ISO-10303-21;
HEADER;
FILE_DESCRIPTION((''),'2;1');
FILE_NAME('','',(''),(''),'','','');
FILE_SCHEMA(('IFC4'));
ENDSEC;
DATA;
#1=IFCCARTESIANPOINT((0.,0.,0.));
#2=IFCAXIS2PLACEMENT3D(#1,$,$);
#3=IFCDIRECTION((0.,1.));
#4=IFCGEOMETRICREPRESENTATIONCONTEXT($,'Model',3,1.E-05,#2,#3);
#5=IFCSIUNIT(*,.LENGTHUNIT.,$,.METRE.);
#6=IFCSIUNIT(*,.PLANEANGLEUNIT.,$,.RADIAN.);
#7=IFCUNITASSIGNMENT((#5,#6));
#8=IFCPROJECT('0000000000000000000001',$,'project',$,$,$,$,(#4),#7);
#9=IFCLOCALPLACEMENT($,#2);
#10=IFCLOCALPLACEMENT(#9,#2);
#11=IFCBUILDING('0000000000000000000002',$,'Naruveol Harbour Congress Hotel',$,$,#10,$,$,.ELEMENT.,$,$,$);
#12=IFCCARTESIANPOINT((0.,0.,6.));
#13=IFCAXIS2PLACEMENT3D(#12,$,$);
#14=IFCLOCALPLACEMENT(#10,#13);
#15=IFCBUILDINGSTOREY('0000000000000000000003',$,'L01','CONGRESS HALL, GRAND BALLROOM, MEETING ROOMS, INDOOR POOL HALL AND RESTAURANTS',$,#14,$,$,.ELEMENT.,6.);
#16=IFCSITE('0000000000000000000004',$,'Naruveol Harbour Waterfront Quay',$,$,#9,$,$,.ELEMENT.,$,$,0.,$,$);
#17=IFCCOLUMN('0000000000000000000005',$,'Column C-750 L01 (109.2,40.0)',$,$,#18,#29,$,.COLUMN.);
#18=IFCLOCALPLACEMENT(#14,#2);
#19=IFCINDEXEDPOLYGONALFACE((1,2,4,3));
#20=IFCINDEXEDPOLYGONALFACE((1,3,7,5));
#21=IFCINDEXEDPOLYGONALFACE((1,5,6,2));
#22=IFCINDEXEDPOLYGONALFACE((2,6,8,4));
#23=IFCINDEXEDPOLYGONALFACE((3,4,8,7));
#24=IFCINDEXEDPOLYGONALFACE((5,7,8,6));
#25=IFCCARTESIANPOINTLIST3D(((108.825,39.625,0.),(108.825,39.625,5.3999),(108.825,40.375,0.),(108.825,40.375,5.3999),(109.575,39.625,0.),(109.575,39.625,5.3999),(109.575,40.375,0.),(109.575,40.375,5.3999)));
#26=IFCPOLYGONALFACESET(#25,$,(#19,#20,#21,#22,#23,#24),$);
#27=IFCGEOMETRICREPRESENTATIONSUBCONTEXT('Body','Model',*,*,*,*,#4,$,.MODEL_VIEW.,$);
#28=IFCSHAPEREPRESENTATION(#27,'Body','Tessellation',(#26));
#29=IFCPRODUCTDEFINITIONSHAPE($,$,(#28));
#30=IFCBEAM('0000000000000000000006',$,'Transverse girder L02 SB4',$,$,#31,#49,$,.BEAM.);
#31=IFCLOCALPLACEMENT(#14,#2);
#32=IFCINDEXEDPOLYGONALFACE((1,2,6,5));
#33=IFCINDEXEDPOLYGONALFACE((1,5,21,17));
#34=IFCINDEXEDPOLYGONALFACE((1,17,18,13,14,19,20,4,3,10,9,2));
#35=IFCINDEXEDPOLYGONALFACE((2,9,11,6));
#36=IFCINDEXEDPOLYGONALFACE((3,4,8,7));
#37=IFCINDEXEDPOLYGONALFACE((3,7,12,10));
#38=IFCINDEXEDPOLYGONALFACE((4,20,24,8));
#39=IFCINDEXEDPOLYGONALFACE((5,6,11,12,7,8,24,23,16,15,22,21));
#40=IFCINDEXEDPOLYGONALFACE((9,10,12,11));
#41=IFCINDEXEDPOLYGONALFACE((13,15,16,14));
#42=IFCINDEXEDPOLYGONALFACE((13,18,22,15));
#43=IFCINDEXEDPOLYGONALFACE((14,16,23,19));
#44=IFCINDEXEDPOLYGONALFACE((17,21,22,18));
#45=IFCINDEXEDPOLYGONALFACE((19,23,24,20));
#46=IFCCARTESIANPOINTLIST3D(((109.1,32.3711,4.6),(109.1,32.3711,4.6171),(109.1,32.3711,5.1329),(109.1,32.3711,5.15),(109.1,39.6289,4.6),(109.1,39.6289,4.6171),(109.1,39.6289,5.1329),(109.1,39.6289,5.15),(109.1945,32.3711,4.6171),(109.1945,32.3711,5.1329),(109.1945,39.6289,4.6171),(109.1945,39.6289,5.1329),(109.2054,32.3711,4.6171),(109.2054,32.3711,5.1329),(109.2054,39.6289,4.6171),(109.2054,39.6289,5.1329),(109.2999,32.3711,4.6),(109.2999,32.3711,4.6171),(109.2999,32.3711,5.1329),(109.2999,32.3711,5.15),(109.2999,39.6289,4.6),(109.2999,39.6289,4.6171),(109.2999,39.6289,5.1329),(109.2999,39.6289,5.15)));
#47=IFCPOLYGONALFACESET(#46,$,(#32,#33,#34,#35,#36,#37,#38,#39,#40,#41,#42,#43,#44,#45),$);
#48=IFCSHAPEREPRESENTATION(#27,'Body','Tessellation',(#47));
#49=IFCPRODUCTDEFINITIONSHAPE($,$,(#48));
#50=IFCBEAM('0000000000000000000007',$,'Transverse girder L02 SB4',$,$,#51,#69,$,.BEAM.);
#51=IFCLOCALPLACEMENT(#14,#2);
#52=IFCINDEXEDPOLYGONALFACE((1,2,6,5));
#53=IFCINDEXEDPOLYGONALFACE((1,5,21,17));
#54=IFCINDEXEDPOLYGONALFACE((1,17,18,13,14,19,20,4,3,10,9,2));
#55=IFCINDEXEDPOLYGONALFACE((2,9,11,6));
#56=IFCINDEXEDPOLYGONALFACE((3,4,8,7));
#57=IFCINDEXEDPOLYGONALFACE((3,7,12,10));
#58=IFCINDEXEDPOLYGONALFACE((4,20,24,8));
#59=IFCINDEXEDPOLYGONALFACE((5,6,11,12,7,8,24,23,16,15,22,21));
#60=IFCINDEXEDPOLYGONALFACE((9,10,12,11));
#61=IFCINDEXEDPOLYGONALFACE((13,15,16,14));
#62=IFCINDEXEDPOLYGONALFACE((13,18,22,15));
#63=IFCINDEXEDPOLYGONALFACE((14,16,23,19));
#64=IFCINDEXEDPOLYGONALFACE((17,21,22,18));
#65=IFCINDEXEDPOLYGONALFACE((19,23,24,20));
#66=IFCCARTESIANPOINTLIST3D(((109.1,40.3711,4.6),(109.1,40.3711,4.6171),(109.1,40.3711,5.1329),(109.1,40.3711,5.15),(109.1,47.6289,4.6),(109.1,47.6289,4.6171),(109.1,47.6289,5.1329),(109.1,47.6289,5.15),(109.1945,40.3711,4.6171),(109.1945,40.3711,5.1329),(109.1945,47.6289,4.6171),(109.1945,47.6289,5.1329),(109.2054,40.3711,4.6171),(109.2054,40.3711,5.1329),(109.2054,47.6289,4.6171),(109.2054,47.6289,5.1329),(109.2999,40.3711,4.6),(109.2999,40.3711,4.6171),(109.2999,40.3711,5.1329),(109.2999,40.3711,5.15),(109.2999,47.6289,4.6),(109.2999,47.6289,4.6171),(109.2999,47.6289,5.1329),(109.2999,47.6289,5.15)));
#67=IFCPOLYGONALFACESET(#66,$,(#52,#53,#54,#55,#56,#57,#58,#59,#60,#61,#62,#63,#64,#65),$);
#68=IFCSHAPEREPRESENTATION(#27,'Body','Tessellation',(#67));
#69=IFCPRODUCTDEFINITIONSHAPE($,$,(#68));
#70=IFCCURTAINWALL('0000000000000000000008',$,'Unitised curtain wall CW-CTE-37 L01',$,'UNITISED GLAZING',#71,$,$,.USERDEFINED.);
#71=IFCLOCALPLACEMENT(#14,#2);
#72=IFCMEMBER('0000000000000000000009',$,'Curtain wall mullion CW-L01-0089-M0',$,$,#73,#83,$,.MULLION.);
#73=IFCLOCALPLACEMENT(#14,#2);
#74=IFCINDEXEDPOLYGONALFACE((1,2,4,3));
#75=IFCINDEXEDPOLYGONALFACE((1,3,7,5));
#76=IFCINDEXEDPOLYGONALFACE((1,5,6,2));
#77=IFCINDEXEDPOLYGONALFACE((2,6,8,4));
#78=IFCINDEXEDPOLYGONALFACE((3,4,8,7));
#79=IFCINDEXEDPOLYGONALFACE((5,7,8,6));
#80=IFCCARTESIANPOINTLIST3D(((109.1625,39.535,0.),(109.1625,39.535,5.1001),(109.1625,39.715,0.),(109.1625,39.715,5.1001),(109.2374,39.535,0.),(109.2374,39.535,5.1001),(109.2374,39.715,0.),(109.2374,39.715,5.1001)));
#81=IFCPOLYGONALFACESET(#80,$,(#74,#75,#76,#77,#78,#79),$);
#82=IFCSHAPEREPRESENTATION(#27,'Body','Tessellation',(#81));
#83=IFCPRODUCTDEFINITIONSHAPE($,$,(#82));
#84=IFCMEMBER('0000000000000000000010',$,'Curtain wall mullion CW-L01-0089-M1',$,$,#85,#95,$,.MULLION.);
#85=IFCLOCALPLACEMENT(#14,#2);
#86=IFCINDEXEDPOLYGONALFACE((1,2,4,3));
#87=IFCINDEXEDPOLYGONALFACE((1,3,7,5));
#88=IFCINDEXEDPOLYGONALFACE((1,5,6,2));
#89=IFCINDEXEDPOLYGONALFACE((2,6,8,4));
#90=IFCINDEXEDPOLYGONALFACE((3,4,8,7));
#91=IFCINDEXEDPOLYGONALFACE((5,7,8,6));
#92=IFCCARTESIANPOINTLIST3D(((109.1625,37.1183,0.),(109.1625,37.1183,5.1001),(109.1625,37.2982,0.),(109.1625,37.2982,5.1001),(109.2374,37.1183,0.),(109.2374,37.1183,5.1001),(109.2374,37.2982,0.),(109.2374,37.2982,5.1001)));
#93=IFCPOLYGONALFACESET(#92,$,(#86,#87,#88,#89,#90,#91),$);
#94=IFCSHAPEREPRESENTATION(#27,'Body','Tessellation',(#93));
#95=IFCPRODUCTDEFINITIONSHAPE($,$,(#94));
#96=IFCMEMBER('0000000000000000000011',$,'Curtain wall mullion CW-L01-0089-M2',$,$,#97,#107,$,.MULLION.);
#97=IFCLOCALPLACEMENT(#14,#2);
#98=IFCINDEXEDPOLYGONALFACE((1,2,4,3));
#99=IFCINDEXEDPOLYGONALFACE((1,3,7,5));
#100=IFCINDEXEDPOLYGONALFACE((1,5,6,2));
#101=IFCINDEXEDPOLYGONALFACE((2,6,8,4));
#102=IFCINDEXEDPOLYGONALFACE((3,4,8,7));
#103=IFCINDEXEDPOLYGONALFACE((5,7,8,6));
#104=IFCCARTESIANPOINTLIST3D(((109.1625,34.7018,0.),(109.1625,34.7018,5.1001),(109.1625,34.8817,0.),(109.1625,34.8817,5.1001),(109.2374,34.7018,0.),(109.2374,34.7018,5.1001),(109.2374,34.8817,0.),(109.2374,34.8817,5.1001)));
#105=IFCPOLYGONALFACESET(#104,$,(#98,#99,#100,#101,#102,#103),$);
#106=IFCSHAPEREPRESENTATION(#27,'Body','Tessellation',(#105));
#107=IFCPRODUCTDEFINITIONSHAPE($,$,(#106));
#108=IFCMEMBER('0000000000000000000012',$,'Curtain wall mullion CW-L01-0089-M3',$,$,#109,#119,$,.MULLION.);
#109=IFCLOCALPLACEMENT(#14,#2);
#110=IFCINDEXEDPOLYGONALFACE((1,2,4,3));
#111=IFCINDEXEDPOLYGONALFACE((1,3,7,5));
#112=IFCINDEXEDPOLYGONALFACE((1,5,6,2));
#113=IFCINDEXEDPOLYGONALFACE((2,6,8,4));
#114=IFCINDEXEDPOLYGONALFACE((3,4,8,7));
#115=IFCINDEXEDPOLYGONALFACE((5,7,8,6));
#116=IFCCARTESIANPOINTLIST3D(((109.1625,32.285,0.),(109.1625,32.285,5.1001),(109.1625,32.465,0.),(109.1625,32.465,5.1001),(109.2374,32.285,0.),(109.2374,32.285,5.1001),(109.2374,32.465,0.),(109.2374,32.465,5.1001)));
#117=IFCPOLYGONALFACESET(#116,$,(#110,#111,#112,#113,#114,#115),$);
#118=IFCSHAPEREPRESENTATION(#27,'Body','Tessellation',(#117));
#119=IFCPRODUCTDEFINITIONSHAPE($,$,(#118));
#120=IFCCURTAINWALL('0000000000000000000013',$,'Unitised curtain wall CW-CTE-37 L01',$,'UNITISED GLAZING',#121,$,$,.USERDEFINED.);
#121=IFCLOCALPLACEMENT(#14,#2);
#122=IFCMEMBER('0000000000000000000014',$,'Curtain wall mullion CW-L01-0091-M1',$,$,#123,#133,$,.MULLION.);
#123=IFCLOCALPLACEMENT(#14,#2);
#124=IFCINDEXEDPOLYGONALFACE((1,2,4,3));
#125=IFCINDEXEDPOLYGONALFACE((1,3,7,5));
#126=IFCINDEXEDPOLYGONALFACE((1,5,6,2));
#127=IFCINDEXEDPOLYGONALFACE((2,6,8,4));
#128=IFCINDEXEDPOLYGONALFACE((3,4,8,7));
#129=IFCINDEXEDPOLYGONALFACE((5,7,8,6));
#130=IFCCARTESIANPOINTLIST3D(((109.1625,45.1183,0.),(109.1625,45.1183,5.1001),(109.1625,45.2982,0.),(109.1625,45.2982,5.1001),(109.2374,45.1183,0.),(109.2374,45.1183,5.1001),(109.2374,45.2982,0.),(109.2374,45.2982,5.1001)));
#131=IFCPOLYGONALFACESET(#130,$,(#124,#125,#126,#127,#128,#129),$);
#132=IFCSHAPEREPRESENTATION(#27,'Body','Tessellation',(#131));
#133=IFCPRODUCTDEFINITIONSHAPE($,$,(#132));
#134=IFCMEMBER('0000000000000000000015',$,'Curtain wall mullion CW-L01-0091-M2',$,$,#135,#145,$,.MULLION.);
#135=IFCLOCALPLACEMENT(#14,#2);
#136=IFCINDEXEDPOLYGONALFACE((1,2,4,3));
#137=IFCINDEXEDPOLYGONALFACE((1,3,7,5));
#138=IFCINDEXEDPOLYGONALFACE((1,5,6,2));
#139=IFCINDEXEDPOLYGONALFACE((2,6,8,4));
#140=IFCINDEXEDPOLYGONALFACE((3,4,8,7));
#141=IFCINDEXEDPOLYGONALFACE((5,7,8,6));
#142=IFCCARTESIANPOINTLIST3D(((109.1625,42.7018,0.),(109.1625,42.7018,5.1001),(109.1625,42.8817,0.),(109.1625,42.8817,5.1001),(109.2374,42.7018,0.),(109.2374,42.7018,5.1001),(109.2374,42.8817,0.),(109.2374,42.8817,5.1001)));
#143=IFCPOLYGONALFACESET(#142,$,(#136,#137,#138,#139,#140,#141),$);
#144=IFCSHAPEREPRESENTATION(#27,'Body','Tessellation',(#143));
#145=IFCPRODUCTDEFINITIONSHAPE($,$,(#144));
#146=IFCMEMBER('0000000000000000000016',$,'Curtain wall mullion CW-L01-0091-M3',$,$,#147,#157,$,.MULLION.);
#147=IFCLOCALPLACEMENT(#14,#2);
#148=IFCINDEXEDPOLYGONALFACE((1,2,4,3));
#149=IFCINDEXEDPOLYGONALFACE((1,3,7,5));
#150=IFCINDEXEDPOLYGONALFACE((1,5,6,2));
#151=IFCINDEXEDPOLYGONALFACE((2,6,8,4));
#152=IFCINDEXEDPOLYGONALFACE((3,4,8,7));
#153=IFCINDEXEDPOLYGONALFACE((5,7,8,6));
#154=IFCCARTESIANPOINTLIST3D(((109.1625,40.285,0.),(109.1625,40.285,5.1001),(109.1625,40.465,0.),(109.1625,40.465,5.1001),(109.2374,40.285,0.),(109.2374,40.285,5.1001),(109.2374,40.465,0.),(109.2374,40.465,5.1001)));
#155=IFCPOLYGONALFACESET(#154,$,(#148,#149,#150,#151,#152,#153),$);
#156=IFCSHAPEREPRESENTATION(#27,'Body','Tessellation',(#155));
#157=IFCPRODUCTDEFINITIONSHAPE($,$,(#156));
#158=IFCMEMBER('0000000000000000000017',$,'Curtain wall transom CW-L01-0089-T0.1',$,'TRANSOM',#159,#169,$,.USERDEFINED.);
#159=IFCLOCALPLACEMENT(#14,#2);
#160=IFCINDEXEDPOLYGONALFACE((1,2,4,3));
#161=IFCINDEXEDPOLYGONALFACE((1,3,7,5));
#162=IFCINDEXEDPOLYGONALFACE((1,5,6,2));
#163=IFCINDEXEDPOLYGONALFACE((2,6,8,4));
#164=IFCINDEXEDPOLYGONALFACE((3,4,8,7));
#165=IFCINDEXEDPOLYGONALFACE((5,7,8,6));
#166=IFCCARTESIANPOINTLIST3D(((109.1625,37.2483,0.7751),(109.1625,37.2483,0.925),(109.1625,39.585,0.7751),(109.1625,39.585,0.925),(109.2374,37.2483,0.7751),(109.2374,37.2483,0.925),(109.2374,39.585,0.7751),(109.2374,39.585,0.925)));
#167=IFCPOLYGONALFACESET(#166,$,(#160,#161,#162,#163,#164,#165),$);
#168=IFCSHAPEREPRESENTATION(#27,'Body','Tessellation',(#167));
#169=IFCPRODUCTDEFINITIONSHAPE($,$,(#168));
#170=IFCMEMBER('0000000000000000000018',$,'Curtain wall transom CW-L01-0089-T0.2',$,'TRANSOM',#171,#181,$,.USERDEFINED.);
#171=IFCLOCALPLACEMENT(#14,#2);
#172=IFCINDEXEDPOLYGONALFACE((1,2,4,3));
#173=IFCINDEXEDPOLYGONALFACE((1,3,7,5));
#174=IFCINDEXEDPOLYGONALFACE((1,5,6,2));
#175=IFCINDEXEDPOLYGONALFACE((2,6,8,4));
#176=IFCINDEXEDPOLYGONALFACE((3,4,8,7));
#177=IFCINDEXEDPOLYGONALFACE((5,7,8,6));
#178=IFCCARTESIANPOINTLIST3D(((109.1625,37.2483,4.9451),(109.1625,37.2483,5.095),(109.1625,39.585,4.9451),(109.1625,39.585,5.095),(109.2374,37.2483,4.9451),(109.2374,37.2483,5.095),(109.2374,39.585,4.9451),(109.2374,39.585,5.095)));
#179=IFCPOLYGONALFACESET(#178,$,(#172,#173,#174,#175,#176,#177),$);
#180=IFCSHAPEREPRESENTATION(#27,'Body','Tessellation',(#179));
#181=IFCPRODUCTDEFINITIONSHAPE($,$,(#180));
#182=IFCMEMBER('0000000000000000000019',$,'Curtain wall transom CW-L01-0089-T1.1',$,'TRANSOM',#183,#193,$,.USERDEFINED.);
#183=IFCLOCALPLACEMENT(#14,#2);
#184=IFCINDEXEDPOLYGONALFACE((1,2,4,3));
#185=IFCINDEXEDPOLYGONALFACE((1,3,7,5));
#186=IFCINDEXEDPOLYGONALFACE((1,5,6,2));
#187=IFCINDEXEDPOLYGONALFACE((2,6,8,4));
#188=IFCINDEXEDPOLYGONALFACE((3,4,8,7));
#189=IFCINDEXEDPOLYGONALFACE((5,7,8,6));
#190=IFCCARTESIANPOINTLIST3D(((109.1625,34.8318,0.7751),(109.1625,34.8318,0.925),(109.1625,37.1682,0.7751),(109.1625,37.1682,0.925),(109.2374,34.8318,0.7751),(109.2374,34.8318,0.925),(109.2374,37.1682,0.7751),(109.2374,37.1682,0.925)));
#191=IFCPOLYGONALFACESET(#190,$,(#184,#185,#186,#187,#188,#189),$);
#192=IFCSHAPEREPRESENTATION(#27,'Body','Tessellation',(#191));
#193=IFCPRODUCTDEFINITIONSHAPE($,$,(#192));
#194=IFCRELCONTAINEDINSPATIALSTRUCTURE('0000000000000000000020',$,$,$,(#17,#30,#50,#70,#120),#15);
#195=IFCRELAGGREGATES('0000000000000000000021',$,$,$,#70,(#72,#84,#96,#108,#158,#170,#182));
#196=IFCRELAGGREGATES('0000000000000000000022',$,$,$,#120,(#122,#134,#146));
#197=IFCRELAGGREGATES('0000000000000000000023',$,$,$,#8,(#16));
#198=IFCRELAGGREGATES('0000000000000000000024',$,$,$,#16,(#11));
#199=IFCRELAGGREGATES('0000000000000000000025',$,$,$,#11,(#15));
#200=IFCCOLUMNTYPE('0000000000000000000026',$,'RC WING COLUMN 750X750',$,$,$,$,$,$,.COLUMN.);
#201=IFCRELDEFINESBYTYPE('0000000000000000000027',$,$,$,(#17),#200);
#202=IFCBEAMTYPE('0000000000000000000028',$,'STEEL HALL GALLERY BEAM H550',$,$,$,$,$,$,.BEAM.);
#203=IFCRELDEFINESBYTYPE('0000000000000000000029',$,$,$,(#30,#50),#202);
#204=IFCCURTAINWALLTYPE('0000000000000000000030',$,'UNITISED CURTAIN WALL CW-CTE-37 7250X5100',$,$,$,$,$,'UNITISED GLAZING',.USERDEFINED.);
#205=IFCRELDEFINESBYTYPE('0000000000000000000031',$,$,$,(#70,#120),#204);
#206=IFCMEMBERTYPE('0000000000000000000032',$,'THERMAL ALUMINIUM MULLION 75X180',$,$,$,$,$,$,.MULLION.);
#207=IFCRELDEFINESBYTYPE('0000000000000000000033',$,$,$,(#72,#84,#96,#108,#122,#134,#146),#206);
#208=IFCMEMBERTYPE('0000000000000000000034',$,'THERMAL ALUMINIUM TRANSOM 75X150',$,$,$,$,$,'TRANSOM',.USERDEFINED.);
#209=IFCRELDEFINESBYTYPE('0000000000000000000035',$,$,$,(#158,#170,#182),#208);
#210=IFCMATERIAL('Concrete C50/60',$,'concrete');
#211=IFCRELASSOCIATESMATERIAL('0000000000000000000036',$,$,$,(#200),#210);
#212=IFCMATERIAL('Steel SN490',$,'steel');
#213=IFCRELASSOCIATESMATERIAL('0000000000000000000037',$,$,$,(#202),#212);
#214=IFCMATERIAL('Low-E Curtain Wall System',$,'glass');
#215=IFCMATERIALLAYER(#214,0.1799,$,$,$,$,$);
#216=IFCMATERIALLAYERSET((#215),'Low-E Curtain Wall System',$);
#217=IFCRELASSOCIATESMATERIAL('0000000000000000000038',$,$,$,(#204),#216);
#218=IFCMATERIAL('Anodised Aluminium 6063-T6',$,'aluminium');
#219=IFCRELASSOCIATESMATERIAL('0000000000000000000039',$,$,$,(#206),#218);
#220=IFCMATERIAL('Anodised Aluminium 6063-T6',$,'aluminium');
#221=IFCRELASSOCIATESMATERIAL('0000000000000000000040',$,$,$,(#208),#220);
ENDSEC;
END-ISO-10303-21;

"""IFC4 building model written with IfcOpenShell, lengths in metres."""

from ifc_helpers import new_model, si_unit, direction, frame, origin, origin_2d, place, context, subcontext, project, spatial, rectangle, i_section, extrude, material, layer, layer_set, material_profile, profile_set, type_object, element, aggregate, save


model = new_model("IFC4")

# Units and contexts
model_context = context("Model", 3, precision=1e-05, world=origin(), true_north=direction((0.0, 1.0)))
body_context = subcontext(model_context, "Body", "Model", "MODEL_VIEW")
ifc_project = project(units=[si_unit("LENGTHUNIT", "METRE"), si_unit("PLANEANGLEUNIT", "RADIAN")], contexts=[model_context])

# Site, building, storey
site_placement = place(None, origin())
site = spatial("IfcSite", under=ifc_project, at=site_placement, Name="Naruveol Harbour Waterfront Quay", CompositionType="ELEMENT", RefElevation=0.0)
building_placement = place(site_placement, origin())
building = spatial("IfcBuilding", under=site, at=building_placement, Name="Naruveol Harbour Congress Hotel", CompositionType="ELEMENT")
storey_placement = place(building_placement, frame((0.0, 0.0, 6.0)))
storey = spatial("IfcBuildingStorey", under=building, at=storey_placement, Name="L01", Description="CONGRESS HALL, GRAND BALLROOM, MEETING ROOMS, INDOOR POOL HALL AND RESTAURANTS", CompositionType="ELEMENT", Elevation=6.0)

# Column
ifc_material_1 = material(Name="Concrete C50/60", Category="concrete")
ifc_material_profile_1 = material_profile(ifc_material_1, rectangle(XDim=0.75, YDim=0.75, at=origin_2d()), Name="RC-750x750")
ifc_profile_set_1 = profile_set([ifc_material_profile_1], Name="Concrete C50/60")
column_type = type_object("IfcColumnType", Name="RC WING COLUMN 750X750", PredefinedType="COLUMN", material=ifc_profile_set_1)
column_placement = place(storey_placement, frame((109.2, 40.0, 0.0), z_axis=(0.0, 0.0, 1.0), x_axis=(1.0, 0.0, 0.0)))
element("IfcColumn", 1, at=column_placement, inside=storey, type_object=column_type, Name="Column C-750 L01 (109.2,40.0)", PredefinedType="COLUMN", context=body_context, shape_type="SweptSolid", body=[
    extrude(rectangle(XDim=0.75, YDim=0.75, at=origin_2d()), origin(), (0.0, 0.0, 1.0), 5.3999),
])

# Beams
ifc_material_2 = material(Name="Steel SN490", Category="steel")
ifc_material_profile_2 = material_profile(ifc_material_2, i_section(OverallWidth=0.2, OverallDepth=0.55, WebThickness=0.011, FlangeThickness=0.0171, at=origin_2d()), Name="H-550x200x11x17")
ifc_profile_set_2 = profile_set([ifc_material_profile_2], Name="Steel SN490")
beam_type = type_object("IfcBeamType", Name="STEEL HALL GALLERY BEAM H550", PredefinedType="BEAM", material=ifc_profile_set_2)
for number, where, z_axis, x_axis, name in (
    (2, (109.2, 32.3711, 4.875), (0.0, 1.0, 0.0), (-1.0, 0.0, 0.0), "Transverse girder L02 SB4"),
    (3, (109.2, 40.3711, 4.875), (0.0, 1.0, 0.0), (-1.0, 0.0, 0.0), "Transverse girder L02 SB4"),
):
    element("IfcBeam", number, at=place(storey_placement, frame(where, z_axis=z_axis, x_axis=x_axis)), inside=storey, type_object=beam_type, Name=name, PredefinedType="BEAM", context=body_context, shape_type="SweptSolid", body=[
        extrude(i_section(OverallWidth=0.2, OverallDepth=0.55, WebThickness=0.011, FlangeThickness=0.0171, at=origin_2d()), origin(), (0.0, 0.0, 1.0), 7.2578),
    ])

# Curtain walls, members
ifc_material_3 = material(Name="Low-E Curtain Wall System", Category="glass")
ifc_layer_1 = layer(ifc_material_3, 0.1799)
ifc_layer_set_1 = layer_set([ifc_layer_1], Name="Low-E Curtain Wall System")
curtain_wall_type_1 = type_object("IfcCurtainWallType", Name="UNITISED CURTAIN WALL CW-CTE-37 7250X5100", ElementType="UNITISED GLAZING", PredefinedType="USERDEFINED", material=ifc_layer_set_1)
curtain_wall_1_placement = place(storey_placement, origin())
curtain_wall_1 = element("IfcCurtainWall", 4, at=curtain_wall_1_placement, inside=storey, type_object=curtain_wall_type_1, Name="Unitised curtain wall CW-CTE-37 L01", ObjectType="UNITISED GLAZING", PredefinedType="USERDEFINED")
ifc_material_4 = material(Name="Anodised Aluminium 6063-T6", Category="aluminium")
ifc_material_profile_3 = material_profile(ifc_material_4, rectangle(XDim=0.075, YDim=0.1799, at=origin_2d()), Name="ALU-75x180")
ifc_profile_set_3 = profile_set([ifc_material_profile_3], Name="Anodised Aluminium 6063-T6")
member_type_1 = type_object("IfcMemberType", Name="THERMAL ALUMINIUM MULLION 75X180", PredefinedType="MULLION", material=ifc_profile_set_3)
member_1_placement = place(storey_placement, frame((109.2, 39.625, 0.0), z_axis=(0.0, 0.0, 1.0), x_axis=(1.0, 0.0, 0.0)))
member_1 = element("IfcMember", 5, at=member_1_placement, type_object=member_type_1, Name="Curtain wall mullion CW-L01-0089-M0", PredefinedType="MULLION", context=body_context, shape_type="SweptSolid", body=[
    extrude(rectangle(XDim=0.075, YDim=0.1799, at=origin_2d()), origin(), (0.0, 0.0, 1.0), 5.1001),
])
member_2_placement = place(storey_placement, frame((109.2, 37.2083, 0.0), z_axis=(0.0, 0.0, 1.0), x_axis=(1.0, 0.0, 0.0)))
member_2 = element("IfcMember", 6, at=member_2_placement, type_object=member_type_1, Name="Curtain wall mullion CW-L01-0089-M1", PredefinedType="MULLION", context=body_context, shape_type="SweptSolid", body=[
    extrude(rectangle(XDim=0.075, YDim=0.1799, at=origin_2d()), origin(), (0.0, 0.0, 1.0), 5.1001),
])
member_3_placement = place(storey_placement, frame((109.2, 34.7917, 0.0), z_axis=(0.0, 0.0, 1.0), x_axis=(1.0, 0.0, 0.0)))
member_3 = element("IfcMember", 7, at=member_3_placement, type_object=member_type_1, Name="Curtain wall mullion CW-L01-0089-M2", PredefinedType="MULLION", context=body_context, shape_type="SweptSolid", body=[
    extrude(rectangle(XDim=0.075, YDim=0.1799, at=origin_2d()), origin(), (0.0, 0.0, 1.0), 5.1001),
])
member_4_placement = place(storey_placement, frame((109.2, 32.375, 0.0), z_axis=(0.0, 0.0, 1.0), x_axis=(1.0, 0.0, 0.0)))
member_4 = element("IfcMember", 8, at=member_4_placement, type_object=member_type_1, Name="Curtain wall mullion CW-L01-0089-M3", PredefinedType="MULLION", context=body_context, shape_type="SweptSolid", body=[
    extrude(rectangle(XDim=0.075, YDim=0.1799, at=origin_2d()), origin(), (0.0, 0.0, 1.0), 5.1001),
])
curtain_wall_2_placement = place(storey_placement, origin())
curtain_wall_2 = element("IfcCurtainWall", 9, at=curtain_wall_2_placement, inside=storey, type_object=curtain_wall_type_1, Name="Unitised curtain wall CW-CTE-37 L01", ObjectType="UNITISED GLAZING", PredefinedType="USERDEFINED")
member_5_placement = place(storey_placement, frame((109.2, 45.2083, 0.0), z_axis=(0.0, 0.0, 1.0), x_axis=(1.0, 0.0, 0.0)))
member_5 = element("IfcMember", 10, at=member_5_placement, type_object=member_type_1, Name="Curtain wall mullion CW-L01-0091-M1", PredefinedType="MULLION", context=body_context, shape_type="SweptSolid", body=[
    extrude(rectangle(XDim=0.075, YDim=0.1799, at=origin_2d()), origin(), (0.0, 0.0, 1.0), 5.1001),
])
member_6_placement = place(storey_placement, frame((109.2, 42.7917, 0.0), z_axis=(0.0, 0.0, 1.0), x_axis=(1.0, 0.0, 0.0)))
member_6 = element("IfcMember", 11, at=member_6_placement, type_object=member_type_1, Name="Curtain wall mullion CW-L01-0091-M2", PredefinedType="MULLION", context=body_context, shape_type="SweptSolid", body=[
    extrude(rectangle(XDim=0.075, YDim=0.1799, at=origin_2d()), origin(), (0.0, 0.0, 1.0), 5.1001),
])
member_7_placement = place(storey_placement, frame((109.2, 40.375, 0.0), z_axis=(0.0, 0.0, 1.0), x_axis=(1.0, 0.0, 0.0)))
member_7 = element("IfcMember", 12, at=member_7_placement, type_object=member_type_1, Name="Curtain wall mullion CW-L01-0091-M3", PredefinedType="MULLION", context=body_context, shape_type="SweptSolid", body=[
    extrude(rectangle(XDim=0.075, YDim=0.1799, at=origin_2d()), origin(), (0.0, 0.0, 1.0), 5.1001),
])

# Members
ifc_material_5 = material(Name="Anodised Aluminium 6063-T6", Category="aluminium")
ifc_material_profile_4 = material_profile(ifc_material_5, rectangle(XDim=0.075, YDim=0.1499, at=origin_2d()), Name="ALU-75x150")
ifc_profile_set_4 = profile_set([ifc_material_profile_4], Name="Anodised Aluminium 6063-T6")
member_type_2 = type_object("IfcMemberType", Name="THERMAL ALUMINIUM TRANSOM 75X150", ElementType="TRANSOM", PredefinedType="USERDEFINED", material=ifc_profile_set_4)
member_8_placement = place(storey_placement, frame((109.2, 39.585, 0.8501), z_axis=(0.0, -1.0, 0.0), x_axis=(1.0, 0.0, 0.0)))
member_8 = element("IfcMember", 13, at=member_8_placement, type_object=member_type_2, Name="Curtain wall transom CW-L01-0089-T0.1", ObjectType="TRANSOM", PredefinedType="USERDEFINED", context=body_context, shape_type="SweptSolid", body=[
    extrude(rectangle(XDim=0.075, YDim=0.1499, at=origin_2d()), origin(), (0.0, 0.0, 1.0), 2.3367),
])
member_9_placement = place(storey_placement, frame((109.2, 39.585, 5.02), z_axis=(0.0, -1.0, 0.0), x_axis=(1.0, 0.0, 0.0)))
member_9 = element("IfcMember", 14, at=member_9_placement, type_object=member_type_2, Name="Curtain wall transom CW-L01-0089-T0.2", ObjectType="TRANSOM", PredefinedType="USERDEFINED", context=body_context, shape_type="SweptSolid", body=[
    extrude(rectangle(XDim=0.075, YDim=0.1499, at=origin_2d()), origin(), (0.0, 0.0, 1.0), 2.3367),
])
member_10_placement = place(storey_placement, frame((109.2, 37.1682, 0.8501), z_axis=(0.0, -1.0, 0.0), x_axis=(1.0, 0.0, 0.0)))
member_10 = element("IfcMember", 15, at=member_10_placement, type_object=member_type_2, Name="Curtain wall transom CW-L01-0089-T1.1", ObjectType="TRANSOM", PredefinedType="USERDEFINED", context=body_context, shape_type="SweptSolid", body=[
    extrude(rectangle(XDim=0.075, YDim=0.1499, at=origin_2d()), origin(), (0.0, 0.0, 1.0), 2.3364),
])
aggregate(curtain_wall_1, [member_1, member_2, member_3, member_4, member_8, member_9, member_10])
aggregate(curtain_wall_2, [member_5, member_6, member_7])

save(model, "model.ifc")
